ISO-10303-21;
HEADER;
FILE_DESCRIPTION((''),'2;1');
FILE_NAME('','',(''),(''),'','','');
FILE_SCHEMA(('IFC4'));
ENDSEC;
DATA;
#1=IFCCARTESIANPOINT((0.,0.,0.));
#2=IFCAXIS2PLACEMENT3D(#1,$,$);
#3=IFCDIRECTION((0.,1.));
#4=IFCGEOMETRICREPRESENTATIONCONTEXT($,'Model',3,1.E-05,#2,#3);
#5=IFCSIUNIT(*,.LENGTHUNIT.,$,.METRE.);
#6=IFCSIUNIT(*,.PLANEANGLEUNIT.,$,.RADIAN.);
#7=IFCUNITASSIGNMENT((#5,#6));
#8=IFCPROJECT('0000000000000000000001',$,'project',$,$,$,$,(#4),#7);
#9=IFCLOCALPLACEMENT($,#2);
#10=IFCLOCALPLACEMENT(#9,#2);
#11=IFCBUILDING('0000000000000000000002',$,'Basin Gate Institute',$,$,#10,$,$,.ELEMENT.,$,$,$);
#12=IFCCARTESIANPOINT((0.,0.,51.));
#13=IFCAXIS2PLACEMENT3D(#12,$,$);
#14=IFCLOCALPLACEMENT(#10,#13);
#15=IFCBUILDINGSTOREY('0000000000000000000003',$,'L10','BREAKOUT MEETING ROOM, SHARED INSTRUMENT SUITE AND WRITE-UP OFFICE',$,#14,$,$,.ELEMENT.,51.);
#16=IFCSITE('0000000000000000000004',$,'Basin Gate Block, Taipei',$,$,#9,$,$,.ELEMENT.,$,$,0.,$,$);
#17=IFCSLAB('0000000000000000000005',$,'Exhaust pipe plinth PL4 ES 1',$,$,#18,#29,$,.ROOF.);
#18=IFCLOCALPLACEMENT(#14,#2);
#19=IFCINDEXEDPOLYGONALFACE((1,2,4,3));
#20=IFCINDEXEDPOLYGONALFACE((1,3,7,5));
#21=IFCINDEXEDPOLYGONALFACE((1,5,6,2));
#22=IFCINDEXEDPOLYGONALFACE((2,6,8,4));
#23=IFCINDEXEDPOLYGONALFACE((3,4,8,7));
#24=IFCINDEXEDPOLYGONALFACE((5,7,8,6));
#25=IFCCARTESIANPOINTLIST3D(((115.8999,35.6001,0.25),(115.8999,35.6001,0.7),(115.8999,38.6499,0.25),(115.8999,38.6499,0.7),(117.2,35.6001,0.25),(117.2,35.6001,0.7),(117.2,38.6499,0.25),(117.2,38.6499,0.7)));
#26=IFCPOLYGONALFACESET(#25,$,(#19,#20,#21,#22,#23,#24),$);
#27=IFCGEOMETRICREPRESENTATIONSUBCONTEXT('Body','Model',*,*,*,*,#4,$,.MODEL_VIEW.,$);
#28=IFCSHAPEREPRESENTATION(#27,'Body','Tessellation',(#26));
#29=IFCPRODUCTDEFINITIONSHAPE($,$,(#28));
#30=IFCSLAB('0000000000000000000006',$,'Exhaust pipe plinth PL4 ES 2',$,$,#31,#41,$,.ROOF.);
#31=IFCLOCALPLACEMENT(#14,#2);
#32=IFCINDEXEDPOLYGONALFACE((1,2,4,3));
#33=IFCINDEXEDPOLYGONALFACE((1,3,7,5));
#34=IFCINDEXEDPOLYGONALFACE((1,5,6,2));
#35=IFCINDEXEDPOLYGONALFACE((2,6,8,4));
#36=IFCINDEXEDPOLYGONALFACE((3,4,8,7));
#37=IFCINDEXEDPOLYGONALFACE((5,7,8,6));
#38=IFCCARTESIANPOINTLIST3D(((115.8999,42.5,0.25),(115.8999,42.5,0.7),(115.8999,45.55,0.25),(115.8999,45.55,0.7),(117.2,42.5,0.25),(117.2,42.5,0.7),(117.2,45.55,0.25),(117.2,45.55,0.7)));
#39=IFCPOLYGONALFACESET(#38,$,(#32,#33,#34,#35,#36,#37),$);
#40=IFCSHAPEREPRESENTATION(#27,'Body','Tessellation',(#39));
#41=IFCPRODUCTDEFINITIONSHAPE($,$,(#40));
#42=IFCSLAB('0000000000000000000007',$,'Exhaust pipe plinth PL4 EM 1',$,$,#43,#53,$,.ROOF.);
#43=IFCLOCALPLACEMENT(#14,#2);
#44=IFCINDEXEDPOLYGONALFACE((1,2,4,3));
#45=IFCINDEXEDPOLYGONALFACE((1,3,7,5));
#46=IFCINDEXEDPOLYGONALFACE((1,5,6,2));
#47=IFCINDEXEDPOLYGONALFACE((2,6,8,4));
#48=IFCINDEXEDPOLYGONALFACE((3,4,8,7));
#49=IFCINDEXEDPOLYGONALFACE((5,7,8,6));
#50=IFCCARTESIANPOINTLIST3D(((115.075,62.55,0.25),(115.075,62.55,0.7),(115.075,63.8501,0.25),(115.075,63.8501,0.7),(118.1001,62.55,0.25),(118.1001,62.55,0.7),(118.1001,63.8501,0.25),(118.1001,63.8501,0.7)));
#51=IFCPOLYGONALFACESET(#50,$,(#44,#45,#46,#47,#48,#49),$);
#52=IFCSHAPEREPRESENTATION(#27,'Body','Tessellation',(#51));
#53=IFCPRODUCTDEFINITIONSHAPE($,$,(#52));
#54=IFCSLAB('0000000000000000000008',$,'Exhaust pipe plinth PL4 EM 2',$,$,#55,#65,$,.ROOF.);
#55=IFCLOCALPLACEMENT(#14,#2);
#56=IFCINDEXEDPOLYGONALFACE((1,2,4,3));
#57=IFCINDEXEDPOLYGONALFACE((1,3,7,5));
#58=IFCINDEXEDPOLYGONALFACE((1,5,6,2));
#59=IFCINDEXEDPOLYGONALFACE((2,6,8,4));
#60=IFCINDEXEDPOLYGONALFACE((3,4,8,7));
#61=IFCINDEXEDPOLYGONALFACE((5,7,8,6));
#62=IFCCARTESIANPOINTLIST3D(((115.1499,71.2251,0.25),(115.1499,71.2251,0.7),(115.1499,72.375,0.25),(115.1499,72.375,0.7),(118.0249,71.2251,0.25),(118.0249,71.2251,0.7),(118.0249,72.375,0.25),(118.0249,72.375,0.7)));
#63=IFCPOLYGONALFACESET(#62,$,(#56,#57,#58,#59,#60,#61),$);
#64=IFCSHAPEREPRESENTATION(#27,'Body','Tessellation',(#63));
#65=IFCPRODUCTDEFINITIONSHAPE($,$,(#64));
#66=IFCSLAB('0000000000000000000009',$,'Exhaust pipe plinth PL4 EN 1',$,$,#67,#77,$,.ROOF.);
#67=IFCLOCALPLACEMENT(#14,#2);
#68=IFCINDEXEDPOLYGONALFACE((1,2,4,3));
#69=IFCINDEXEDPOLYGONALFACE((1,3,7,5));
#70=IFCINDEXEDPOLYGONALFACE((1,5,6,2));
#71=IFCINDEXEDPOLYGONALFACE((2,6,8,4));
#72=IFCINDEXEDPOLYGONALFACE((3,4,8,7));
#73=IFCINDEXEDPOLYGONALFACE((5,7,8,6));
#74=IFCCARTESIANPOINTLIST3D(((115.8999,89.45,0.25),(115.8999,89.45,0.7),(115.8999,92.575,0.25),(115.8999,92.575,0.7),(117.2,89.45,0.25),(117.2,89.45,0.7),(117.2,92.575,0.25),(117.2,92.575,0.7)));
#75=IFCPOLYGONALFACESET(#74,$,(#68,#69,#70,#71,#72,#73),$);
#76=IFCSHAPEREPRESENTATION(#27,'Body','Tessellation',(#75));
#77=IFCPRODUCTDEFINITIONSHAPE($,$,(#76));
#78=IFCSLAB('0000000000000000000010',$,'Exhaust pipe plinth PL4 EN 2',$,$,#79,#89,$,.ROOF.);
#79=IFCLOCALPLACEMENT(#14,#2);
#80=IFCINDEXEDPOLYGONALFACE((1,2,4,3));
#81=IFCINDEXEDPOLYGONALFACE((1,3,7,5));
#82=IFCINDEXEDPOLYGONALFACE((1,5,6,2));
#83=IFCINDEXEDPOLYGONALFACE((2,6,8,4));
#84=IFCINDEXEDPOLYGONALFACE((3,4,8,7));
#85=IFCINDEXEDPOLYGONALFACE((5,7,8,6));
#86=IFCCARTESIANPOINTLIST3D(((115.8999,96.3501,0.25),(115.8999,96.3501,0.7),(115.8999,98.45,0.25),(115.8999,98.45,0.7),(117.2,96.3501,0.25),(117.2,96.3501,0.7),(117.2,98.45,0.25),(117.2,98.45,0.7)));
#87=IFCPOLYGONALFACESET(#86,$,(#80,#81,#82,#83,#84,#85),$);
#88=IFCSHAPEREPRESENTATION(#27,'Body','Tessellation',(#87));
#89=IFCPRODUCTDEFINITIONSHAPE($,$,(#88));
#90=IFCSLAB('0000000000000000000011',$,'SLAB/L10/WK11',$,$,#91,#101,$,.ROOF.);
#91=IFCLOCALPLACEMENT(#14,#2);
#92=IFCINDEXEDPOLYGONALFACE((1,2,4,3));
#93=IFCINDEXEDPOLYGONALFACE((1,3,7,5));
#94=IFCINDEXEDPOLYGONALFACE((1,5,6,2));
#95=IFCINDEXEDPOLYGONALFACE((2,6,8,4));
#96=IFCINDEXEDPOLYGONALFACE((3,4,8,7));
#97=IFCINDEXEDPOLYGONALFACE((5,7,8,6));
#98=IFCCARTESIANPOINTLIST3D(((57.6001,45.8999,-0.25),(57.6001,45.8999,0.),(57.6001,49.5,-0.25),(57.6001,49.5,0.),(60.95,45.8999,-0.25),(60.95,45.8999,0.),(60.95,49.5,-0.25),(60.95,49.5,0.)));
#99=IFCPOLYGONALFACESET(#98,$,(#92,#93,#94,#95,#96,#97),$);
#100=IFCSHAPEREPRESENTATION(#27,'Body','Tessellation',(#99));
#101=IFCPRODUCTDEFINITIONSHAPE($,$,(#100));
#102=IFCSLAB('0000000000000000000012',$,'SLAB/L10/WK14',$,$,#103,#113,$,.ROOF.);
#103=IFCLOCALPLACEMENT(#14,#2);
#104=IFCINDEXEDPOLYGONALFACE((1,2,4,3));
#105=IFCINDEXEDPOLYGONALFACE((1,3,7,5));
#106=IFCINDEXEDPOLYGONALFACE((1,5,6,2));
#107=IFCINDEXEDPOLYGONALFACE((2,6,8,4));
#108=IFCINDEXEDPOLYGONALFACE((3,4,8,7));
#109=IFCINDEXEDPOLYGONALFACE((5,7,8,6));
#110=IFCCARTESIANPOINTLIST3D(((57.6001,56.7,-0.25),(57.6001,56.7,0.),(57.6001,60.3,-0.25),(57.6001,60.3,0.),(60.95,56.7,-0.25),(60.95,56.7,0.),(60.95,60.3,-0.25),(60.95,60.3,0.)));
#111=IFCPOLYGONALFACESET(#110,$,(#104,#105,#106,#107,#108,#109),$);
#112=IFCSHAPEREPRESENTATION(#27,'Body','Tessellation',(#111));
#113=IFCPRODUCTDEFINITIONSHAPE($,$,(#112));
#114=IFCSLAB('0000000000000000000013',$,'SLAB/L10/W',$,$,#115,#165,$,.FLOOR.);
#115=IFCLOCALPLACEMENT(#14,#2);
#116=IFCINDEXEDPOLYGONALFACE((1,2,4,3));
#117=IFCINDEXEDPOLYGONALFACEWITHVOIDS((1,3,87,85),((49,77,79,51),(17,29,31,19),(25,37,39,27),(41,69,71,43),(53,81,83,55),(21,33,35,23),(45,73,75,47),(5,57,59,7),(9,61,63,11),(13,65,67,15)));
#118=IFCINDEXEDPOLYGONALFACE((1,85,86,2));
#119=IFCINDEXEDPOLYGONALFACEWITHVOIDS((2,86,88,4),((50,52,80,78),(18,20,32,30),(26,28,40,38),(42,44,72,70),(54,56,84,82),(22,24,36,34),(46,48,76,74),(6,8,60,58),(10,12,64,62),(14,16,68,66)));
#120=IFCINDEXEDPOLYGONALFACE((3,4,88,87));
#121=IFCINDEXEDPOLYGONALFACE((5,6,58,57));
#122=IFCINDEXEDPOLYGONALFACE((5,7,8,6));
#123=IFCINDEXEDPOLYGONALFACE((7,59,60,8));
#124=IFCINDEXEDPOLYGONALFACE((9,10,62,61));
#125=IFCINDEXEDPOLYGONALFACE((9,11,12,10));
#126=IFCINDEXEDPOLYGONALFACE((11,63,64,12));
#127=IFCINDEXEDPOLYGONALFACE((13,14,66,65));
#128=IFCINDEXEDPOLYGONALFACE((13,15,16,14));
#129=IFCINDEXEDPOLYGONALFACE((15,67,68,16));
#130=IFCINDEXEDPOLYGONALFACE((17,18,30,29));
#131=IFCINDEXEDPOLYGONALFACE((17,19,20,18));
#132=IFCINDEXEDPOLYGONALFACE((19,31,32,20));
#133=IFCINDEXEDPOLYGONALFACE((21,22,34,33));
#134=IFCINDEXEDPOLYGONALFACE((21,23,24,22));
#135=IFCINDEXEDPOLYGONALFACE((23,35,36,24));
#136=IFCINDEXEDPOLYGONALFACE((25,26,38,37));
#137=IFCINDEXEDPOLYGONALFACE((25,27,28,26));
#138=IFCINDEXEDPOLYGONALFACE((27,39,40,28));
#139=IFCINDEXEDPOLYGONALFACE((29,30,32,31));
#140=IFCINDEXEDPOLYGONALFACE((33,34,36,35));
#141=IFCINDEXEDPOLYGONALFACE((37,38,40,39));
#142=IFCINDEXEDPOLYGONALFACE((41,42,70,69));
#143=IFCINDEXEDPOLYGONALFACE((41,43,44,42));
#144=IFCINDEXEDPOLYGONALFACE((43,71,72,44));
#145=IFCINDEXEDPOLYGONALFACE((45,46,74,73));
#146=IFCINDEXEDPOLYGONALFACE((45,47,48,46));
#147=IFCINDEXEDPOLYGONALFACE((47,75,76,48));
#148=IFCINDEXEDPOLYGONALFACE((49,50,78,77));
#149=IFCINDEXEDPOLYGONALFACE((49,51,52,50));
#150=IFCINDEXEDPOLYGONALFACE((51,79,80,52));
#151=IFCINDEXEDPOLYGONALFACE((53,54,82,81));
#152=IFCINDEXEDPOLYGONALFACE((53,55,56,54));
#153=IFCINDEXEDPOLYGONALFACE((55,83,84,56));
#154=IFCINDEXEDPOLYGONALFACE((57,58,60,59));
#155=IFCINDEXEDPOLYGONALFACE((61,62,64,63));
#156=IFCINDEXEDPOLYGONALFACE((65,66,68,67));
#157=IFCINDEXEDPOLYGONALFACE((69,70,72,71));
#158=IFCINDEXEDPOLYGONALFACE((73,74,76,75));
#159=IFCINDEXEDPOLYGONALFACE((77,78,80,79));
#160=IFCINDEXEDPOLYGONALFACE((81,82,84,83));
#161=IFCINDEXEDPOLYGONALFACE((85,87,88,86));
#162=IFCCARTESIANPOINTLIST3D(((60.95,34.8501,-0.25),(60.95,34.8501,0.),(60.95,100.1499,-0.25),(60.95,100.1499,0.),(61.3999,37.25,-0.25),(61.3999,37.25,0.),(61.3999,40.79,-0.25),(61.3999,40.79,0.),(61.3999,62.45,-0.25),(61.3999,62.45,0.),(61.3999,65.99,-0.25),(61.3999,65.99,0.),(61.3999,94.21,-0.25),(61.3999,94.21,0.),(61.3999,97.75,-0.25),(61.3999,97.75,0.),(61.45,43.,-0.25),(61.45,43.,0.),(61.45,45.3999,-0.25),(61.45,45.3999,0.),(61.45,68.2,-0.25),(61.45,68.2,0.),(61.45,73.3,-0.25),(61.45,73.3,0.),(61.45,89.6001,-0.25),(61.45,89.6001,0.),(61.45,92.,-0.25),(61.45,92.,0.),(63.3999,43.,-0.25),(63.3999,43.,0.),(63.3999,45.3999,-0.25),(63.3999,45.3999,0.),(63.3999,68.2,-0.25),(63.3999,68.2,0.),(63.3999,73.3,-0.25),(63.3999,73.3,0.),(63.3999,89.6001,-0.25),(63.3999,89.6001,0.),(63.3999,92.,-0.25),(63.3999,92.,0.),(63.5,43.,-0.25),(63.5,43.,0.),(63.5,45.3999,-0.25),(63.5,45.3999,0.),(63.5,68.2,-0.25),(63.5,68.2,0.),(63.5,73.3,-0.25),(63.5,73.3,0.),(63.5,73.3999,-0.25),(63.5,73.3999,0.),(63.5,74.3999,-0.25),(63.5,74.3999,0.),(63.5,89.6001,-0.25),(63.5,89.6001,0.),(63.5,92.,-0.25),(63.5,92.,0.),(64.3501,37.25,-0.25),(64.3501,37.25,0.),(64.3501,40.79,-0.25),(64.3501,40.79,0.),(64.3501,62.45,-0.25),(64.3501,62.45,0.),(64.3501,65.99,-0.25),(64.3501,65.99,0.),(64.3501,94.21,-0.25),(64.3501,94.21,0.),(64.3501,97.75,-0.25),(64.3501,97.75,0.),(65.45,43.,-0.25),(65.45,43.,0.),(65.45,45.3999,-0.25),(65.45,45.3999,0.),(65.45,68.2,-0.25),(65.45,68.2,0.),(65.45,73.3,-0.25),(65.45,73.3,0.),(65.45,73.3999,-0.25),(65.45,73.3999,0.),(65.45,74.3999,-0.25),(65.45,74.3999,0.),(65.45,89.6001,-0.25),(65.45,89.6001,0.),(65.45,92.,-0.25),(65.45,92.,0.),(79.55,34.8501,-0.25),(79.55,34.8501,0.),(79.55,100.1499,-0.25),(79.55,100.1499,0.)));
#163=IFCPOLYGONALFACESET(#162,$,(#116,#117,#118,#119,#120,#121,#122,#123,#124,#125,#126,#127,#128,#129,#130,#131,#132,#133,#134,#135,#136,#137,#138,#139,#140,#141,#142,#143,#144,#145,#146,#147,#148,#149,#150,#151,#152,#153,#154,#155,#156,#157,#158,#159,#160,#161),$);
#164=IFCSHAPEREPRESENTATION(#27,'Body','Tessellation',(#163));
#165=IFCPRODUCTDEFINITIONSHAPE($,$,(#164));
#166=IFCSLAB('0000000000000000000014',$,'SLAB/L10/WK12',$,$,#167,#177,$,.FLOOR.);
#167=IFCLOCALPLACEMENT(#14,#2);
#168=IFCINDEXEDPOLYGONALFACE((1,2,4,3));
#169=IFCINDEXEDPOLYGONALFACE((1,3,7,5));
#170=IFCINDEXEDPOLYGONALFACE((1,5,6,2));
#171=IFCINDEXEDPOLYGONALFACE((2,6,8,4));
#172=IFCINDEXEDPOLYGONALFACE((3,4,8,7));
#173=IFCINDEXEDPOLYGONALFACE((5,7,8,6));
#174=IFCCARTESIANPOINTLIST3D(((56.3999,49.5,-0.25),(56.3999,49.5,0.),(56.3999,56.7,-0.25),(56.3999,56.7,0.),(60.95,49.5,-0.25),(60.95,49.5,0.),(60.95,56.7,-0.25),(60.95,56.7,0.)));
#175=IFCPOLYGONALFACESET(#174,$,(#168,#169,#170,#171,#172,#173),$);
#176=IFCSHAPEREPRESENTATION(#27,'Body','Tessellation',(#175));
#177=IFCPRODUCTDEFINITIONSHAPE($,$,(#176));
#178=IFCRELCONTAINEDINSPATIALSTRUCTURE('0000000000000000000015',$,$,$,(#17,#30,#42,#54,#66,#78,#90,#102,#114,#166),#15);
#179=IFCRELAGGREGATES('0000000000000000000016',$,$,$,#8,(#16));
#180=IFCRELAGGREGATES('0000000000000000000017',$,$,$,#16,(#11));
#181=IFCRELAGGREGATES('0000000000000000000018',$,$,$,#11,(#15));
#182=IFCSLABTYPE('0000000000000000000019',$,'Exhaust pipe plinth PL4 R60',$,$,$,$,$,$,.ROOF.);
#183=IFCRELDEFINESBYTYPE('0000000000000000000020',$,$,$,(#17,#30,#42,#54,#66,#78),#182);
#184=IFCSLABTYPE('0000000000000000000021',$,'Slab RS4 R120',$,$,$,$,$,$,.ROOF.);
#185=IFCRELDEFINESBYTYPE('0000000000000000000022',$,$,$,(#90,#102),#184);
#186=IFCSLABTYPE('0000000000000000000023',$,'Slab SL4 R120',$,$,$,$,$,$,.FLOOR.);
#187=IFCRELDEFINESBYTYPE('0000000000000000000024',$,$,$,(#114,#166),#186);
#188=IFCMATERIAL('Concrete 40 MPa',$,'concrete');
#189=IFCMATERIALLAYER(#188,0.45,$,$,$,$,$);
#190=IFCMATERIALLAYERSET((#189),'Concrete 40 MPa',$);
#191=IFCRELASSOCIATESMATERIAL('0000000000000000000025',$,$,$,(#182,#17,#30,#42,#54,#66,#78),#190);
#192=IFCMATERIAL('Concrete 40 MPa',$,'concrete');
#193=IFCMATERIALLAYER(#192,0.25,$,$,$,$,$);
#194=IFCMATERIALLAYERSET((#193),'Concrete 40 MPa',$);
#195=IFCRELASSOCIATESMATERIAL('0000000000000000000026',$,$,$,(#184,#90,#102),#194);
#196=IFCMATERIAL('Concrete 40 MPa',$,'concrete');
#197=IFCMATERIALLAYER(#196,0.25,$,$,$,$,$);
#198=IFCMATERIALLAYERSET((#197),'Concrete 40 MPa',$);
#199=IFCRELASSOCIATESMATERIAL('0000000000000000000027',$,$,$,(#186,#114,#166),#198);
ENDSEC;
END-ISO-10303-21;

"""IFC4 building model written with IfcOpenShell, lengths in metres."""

from ifc_helpers import new_model, si_unit, direction, frame, origin, place, context, subcontext, project, spatial, polyline, outline, extrude, material, layer, layer_set, type_object, element, save


model = new_model("IFC4")

# Units and contexts
model_context = context("Model", 3, precision=1e-05, world=origin(), true_north=direction((0.0, 1.0)))
body_context = subcontext(model_context, "Body", "Model", "MODEL_VIEW")
ifc_project = project(units=[si_unit("LENGTHUNIT", "METRE"), si_unit("PLANEANGLEUNIT", "RADIAN")], contexts=[model_context])

# Site, building, storey
site_placement = place(None, origin())
site = spatial("IfcSite", under=ifc_project, at=site_placement, Name="Basin Gate Block, Taipei", CompositionType="ELEMENT", RefElevation=0.0)
building_placement = place(site_placement, origin())
building = spatial("IfcBuilding", under=site, at=building_placement, Name="Basin Gate Institute", CompositionType="ELEMENT")
storey_placement = place(building_placement, frame((0.0, 0.0, 51.0)))
storey = spatial("IfcBuildingStorey", under=building, at=storey_placement, Name="L10", Description="BREAKOUT MEETING ROOM, SHARED INSTRUMENT SUITE AND WRITE-UP OFFICE", CompositionType="ELEMENT", Elevation=51.0)

# Slabs
ifc_material_1 = material(Name="Concrete 40 MPa", Category="concrete")
ifc_layer_1 = layer(ifc_material_1, 0.45)
ifc_layer_set_1 = layer_set([ifc_layer_1], Name="Concrete 40 MPa")
slab_type_1 = type_object("IfcSlabType", Name="Exhaust pipe plinth PL4 R60", PredefinedType="ROOF", material=ifc_layer_set_1)
slab_1_placement = place(storey_placement, frame((0.0, 0.0, 0.25)))
element("IfcSlab", 1, at=slab_1_placement, inside=storey, type_object=slab_type_1, material=ifc_layer_set_1, Name="Exhaust pipe plinth PL4 ES 1", PredefinedType="ROOF", context=body_context, shape_type="SweptSolid", body=[
    extrude(outline(polyline([(115.8999, 35.6001), (117.2, 35.6001), (117.2, 38.6499), (115.8999, 38.6499), (115.8999, 35.6001)])), origin(), (0.0, 0.0, 1.0), 0.45),
])
slab_2_placement = place(storey_placement, frame((0.0, 0.0, 0.25)))
element("IfcSlab", 2, at=slab_2_placement, inside=storey, type_object=slab_type_1, material=ifc_layer_set_1, Name="Exhaust pipe plinth PL4 ES 2", PredefinedType="ROOF", context=body_context, shape_type="SweptSolid", body=[
    extrude(outline(polyline([(115.8999, 42.5), (117.2, 42.5), (117.2, 45.55), (115.8999, 45.55), (115.8999, 42.5)])), origin(), (0.0, 0.0, 1.0), 0.45),
])
slab_3_placement = place(storey_placement, frame((0.0, 0.0, 0.25)))
element("IfcSlab", 3, at=slab_3_placement, inside=storey, type_object=slab_type_1, material=ifc_layer_set_1, Name="Exhaust pipe plinth PL4 EM 1", PredefinedType="ROOF", context=body_context, shape_type="SweptSolid", body=[
    extrude(outline(polyline([(115.075, 62.55), (118.1001, 62.55), (118.1001, 63.8501), (115.075, 63.8501), (115.075, 62.55)])), origin(), (0.0, 0.0, 1.0), 0.45),
])
slab_4_placement = place(storey_placement, frame((0.0, 0.0, 0.25)))
element("IfcSlab", 4, at=slab_4_placement, inside=storey, type_object=slab_type_1, material=ifc_layer_set_1, Name="Exhaust pipe plinth PL4 EM 2", PredefinedType="ROOF", context=body_context, shape_type="SweptSolid", body=[
    extrude(outline(polyline([(115.1499, 71.2251), (118.0249, 71.2251), (118.0249, 72.375), (115.1499, 72.375), (115.1499, 71.2251)])), origin(), (0.0, 0.0, 1.0), 0.45),
])
slab_5_placement = place(storey_placement, frame((0.0, 0.0, 0.25)))
element("IfcSlab", 5, at=slab_5_placement, inside=storey, type_object=slab_type_1, material=ifc_layer_set_1, Name="Exhaust pipe plinth PL4 EN 1", PredefinedType="ROOF", context=body_context, shape_type="SweptSolid", body=[
    extrude(outline(polyline([(115.8999, 89.45), (117.2, 89.45), (117.2, 92.575), (115.8999, 92.575), (115.8999, 89.45)])), origin(), (0.0, 0.0, 1.0), 0.45),
])
slab_6_placement = place(storey_placement, frame((0.0, 0.0, 0.25)))
element("IfcSlab", 6, at=slab_6_placement, inside=storey, type_object=slab_type_1, material=ifc_layer_set_1, Name="Exhaust pipe plinth PL4 EN 2", PredefinedType="ROOF", context=body_context, shape_type="SweptSolid", body=[
    extrude(outline(polyline([(115.8999, 96.3501), (117.2, 96.3501), (117.2, 98.45), (115.8999, 98.45), (115.8999, 96.3501)])), origin(), (0.0, 0.0, 1.0), 0.45),
])
ifc_material_2 = material(Name="Concrete 40 MPa", Category="concrete")
ifc_layer_2 = layer(ifc_material_2, 0.25)
ifc_layer_set_2 = layer_set([ifc_layer_2], Name="Concrete 40 MPa")
slab_type_2 = type_object("IfcSlabType", Name="Slab RS4 R120", PredefinedType="ROOF", material=ifc_layer_set_2)
slab_7_placement = place(storey_placement, frame((0.0, 0.0, -0.25)))
element("IfcSlab", 7, at=slab_7_placement, inside=storey, type_object=slab_type_2, material=ifc_layer_set_2, Name="SLAB/L10/WK11", PredefinedType="ROOF", context=body_context, shape_type="SweptSolid", body=[
    extrude(outline(polyline([(57.6001, 45.8999), (60.95, 45.8999), (60.95, 49.5), (57.6001, 49.5), (57.6001, 45.8999)])), origin(), (0.0, 0.0, 1.0), 0.25),
])
slab_8_placement = place(storey_placement, frame((0.0, 0.0, -0.25)))
element("IfcSlab", 8, at=slab_8_placement, inside=storey, type_object=slab_type_2, material=ifc_layer_set_2, Name="SLAB/L10/WK14", PredefinedType="ROOF", context=body_context, shape_type="SweptSolid", body=[
    extrude(outline(polyline([(57.6001, 56.7), (60.95, 56.7), (60.95, 60.3), (57.6001, 60.3), (57.6001, 56.7)])), origin(), (0.0, 0.0, 1.0), 0.25),
])
ifc_material_3 = material(Name="Concrete 40 MPa", Category="concrete")
ifc_layer_3 = layer(ifc_material_3, 0.25)
ifc_layer_set_3 = layer_set([ifc_layer_3], Name="Concrete 40 MPa")
slab_type_3 = type_object("IfcSlabType", Name="Slab SL4 R120", PredefinedType="FLOOR", material=ifc_layer_set_3)
slab_9_placement = place(storey_placement, frame((0.0, 0.0, -0.25)))
element("IfcSlab", 9, at=slab_9_placement, inside=storey, type_object=slab_type_3, material=ifc_layer_set_3, Name="SLAB/L10/W", PredefinedType="FLOOR", context=body_context, shape_type="SweptSolid", body=[
    extrude(outline(polyline([(60.95, 34.8501), (79.55, 34.8501), (79.55, 100.1499), (60.95, 100.1499), (60.95, 34.8501)]), holes=[polyline([(61.3999, 37.25), (64.3501, 37.25), (64.3501, 40.79), (61.3999, 40.79), (61.3999, 37.25)]), polyline([(61.3999, 62.45), (64.3501, 62.45), (64.3501, 65.99), (61.3999, 65.99), (61.3999, 62.45)]), polyline([(61.3999, 94.21), (64.3501, 94.21), (64.3501, 97.75), (61.3999, 97.75), (61.3999, 94.21)]), polyline([(61.45, 43.0), (63.3999, 43.0), (63.3999, 45.3999), (61.45, 45.3999), (61.45, 43.0)]), polyline([(61.45, 68.2), (63.3999, 68.2), (63.3999, 73.3), (61.45, 73.3), (61.45, 68.2)]), polyline([(63.5, 73.3999), (65.45, 73.3999), (65.45, 74.3999), (63.5, 74.3999), (63.5, 73.3999)]), polyline([(61.45, 89.6001), (63.3999, 89.6001), (63.3999, 92.0), (61.45, 92.0), (61.45, 89.6001)]), polyline([(63.5, 43.0), (65.45, 43.0), (65.45, 45.3999), (63.5, 45.3999), (63.5, 43.0)]), polyline([(65.45, 68.2), (63.5, 68.2), (63.5, 73.3), (65.45, 73.3), (65.45, 68.2)]), polyline([(63.5, 89.6001), (65.45, 89.6001), (65.45, 92.0), (63.5, 92.0), (63.5, 89.6001)])]), origin(), (0.0, 0.0, 1.0), 0.25),
])
slab_10_placement = place(storey_placement, frame((0.0, 0.0, -0.25)))
element("IfcSlab", 10, at=slab_10_placement, inside=storey, type_object=slab_type_3, material=ifc_layer_set_3, Name="SLAB/L10/WK12", PredefinedType="FLOOR", context=body_context, shape_type="SweptSolid", body=[
    extrude(outline(polyline([(60.95, 49.5), (56.3999, 49.5), (56.3999, 56.7), (60.95, 56.7), (60.95, 49.5)])), origin(), (0.0, 0.0, 1.0), 0.25),
])

save(model, "model.ifc")
